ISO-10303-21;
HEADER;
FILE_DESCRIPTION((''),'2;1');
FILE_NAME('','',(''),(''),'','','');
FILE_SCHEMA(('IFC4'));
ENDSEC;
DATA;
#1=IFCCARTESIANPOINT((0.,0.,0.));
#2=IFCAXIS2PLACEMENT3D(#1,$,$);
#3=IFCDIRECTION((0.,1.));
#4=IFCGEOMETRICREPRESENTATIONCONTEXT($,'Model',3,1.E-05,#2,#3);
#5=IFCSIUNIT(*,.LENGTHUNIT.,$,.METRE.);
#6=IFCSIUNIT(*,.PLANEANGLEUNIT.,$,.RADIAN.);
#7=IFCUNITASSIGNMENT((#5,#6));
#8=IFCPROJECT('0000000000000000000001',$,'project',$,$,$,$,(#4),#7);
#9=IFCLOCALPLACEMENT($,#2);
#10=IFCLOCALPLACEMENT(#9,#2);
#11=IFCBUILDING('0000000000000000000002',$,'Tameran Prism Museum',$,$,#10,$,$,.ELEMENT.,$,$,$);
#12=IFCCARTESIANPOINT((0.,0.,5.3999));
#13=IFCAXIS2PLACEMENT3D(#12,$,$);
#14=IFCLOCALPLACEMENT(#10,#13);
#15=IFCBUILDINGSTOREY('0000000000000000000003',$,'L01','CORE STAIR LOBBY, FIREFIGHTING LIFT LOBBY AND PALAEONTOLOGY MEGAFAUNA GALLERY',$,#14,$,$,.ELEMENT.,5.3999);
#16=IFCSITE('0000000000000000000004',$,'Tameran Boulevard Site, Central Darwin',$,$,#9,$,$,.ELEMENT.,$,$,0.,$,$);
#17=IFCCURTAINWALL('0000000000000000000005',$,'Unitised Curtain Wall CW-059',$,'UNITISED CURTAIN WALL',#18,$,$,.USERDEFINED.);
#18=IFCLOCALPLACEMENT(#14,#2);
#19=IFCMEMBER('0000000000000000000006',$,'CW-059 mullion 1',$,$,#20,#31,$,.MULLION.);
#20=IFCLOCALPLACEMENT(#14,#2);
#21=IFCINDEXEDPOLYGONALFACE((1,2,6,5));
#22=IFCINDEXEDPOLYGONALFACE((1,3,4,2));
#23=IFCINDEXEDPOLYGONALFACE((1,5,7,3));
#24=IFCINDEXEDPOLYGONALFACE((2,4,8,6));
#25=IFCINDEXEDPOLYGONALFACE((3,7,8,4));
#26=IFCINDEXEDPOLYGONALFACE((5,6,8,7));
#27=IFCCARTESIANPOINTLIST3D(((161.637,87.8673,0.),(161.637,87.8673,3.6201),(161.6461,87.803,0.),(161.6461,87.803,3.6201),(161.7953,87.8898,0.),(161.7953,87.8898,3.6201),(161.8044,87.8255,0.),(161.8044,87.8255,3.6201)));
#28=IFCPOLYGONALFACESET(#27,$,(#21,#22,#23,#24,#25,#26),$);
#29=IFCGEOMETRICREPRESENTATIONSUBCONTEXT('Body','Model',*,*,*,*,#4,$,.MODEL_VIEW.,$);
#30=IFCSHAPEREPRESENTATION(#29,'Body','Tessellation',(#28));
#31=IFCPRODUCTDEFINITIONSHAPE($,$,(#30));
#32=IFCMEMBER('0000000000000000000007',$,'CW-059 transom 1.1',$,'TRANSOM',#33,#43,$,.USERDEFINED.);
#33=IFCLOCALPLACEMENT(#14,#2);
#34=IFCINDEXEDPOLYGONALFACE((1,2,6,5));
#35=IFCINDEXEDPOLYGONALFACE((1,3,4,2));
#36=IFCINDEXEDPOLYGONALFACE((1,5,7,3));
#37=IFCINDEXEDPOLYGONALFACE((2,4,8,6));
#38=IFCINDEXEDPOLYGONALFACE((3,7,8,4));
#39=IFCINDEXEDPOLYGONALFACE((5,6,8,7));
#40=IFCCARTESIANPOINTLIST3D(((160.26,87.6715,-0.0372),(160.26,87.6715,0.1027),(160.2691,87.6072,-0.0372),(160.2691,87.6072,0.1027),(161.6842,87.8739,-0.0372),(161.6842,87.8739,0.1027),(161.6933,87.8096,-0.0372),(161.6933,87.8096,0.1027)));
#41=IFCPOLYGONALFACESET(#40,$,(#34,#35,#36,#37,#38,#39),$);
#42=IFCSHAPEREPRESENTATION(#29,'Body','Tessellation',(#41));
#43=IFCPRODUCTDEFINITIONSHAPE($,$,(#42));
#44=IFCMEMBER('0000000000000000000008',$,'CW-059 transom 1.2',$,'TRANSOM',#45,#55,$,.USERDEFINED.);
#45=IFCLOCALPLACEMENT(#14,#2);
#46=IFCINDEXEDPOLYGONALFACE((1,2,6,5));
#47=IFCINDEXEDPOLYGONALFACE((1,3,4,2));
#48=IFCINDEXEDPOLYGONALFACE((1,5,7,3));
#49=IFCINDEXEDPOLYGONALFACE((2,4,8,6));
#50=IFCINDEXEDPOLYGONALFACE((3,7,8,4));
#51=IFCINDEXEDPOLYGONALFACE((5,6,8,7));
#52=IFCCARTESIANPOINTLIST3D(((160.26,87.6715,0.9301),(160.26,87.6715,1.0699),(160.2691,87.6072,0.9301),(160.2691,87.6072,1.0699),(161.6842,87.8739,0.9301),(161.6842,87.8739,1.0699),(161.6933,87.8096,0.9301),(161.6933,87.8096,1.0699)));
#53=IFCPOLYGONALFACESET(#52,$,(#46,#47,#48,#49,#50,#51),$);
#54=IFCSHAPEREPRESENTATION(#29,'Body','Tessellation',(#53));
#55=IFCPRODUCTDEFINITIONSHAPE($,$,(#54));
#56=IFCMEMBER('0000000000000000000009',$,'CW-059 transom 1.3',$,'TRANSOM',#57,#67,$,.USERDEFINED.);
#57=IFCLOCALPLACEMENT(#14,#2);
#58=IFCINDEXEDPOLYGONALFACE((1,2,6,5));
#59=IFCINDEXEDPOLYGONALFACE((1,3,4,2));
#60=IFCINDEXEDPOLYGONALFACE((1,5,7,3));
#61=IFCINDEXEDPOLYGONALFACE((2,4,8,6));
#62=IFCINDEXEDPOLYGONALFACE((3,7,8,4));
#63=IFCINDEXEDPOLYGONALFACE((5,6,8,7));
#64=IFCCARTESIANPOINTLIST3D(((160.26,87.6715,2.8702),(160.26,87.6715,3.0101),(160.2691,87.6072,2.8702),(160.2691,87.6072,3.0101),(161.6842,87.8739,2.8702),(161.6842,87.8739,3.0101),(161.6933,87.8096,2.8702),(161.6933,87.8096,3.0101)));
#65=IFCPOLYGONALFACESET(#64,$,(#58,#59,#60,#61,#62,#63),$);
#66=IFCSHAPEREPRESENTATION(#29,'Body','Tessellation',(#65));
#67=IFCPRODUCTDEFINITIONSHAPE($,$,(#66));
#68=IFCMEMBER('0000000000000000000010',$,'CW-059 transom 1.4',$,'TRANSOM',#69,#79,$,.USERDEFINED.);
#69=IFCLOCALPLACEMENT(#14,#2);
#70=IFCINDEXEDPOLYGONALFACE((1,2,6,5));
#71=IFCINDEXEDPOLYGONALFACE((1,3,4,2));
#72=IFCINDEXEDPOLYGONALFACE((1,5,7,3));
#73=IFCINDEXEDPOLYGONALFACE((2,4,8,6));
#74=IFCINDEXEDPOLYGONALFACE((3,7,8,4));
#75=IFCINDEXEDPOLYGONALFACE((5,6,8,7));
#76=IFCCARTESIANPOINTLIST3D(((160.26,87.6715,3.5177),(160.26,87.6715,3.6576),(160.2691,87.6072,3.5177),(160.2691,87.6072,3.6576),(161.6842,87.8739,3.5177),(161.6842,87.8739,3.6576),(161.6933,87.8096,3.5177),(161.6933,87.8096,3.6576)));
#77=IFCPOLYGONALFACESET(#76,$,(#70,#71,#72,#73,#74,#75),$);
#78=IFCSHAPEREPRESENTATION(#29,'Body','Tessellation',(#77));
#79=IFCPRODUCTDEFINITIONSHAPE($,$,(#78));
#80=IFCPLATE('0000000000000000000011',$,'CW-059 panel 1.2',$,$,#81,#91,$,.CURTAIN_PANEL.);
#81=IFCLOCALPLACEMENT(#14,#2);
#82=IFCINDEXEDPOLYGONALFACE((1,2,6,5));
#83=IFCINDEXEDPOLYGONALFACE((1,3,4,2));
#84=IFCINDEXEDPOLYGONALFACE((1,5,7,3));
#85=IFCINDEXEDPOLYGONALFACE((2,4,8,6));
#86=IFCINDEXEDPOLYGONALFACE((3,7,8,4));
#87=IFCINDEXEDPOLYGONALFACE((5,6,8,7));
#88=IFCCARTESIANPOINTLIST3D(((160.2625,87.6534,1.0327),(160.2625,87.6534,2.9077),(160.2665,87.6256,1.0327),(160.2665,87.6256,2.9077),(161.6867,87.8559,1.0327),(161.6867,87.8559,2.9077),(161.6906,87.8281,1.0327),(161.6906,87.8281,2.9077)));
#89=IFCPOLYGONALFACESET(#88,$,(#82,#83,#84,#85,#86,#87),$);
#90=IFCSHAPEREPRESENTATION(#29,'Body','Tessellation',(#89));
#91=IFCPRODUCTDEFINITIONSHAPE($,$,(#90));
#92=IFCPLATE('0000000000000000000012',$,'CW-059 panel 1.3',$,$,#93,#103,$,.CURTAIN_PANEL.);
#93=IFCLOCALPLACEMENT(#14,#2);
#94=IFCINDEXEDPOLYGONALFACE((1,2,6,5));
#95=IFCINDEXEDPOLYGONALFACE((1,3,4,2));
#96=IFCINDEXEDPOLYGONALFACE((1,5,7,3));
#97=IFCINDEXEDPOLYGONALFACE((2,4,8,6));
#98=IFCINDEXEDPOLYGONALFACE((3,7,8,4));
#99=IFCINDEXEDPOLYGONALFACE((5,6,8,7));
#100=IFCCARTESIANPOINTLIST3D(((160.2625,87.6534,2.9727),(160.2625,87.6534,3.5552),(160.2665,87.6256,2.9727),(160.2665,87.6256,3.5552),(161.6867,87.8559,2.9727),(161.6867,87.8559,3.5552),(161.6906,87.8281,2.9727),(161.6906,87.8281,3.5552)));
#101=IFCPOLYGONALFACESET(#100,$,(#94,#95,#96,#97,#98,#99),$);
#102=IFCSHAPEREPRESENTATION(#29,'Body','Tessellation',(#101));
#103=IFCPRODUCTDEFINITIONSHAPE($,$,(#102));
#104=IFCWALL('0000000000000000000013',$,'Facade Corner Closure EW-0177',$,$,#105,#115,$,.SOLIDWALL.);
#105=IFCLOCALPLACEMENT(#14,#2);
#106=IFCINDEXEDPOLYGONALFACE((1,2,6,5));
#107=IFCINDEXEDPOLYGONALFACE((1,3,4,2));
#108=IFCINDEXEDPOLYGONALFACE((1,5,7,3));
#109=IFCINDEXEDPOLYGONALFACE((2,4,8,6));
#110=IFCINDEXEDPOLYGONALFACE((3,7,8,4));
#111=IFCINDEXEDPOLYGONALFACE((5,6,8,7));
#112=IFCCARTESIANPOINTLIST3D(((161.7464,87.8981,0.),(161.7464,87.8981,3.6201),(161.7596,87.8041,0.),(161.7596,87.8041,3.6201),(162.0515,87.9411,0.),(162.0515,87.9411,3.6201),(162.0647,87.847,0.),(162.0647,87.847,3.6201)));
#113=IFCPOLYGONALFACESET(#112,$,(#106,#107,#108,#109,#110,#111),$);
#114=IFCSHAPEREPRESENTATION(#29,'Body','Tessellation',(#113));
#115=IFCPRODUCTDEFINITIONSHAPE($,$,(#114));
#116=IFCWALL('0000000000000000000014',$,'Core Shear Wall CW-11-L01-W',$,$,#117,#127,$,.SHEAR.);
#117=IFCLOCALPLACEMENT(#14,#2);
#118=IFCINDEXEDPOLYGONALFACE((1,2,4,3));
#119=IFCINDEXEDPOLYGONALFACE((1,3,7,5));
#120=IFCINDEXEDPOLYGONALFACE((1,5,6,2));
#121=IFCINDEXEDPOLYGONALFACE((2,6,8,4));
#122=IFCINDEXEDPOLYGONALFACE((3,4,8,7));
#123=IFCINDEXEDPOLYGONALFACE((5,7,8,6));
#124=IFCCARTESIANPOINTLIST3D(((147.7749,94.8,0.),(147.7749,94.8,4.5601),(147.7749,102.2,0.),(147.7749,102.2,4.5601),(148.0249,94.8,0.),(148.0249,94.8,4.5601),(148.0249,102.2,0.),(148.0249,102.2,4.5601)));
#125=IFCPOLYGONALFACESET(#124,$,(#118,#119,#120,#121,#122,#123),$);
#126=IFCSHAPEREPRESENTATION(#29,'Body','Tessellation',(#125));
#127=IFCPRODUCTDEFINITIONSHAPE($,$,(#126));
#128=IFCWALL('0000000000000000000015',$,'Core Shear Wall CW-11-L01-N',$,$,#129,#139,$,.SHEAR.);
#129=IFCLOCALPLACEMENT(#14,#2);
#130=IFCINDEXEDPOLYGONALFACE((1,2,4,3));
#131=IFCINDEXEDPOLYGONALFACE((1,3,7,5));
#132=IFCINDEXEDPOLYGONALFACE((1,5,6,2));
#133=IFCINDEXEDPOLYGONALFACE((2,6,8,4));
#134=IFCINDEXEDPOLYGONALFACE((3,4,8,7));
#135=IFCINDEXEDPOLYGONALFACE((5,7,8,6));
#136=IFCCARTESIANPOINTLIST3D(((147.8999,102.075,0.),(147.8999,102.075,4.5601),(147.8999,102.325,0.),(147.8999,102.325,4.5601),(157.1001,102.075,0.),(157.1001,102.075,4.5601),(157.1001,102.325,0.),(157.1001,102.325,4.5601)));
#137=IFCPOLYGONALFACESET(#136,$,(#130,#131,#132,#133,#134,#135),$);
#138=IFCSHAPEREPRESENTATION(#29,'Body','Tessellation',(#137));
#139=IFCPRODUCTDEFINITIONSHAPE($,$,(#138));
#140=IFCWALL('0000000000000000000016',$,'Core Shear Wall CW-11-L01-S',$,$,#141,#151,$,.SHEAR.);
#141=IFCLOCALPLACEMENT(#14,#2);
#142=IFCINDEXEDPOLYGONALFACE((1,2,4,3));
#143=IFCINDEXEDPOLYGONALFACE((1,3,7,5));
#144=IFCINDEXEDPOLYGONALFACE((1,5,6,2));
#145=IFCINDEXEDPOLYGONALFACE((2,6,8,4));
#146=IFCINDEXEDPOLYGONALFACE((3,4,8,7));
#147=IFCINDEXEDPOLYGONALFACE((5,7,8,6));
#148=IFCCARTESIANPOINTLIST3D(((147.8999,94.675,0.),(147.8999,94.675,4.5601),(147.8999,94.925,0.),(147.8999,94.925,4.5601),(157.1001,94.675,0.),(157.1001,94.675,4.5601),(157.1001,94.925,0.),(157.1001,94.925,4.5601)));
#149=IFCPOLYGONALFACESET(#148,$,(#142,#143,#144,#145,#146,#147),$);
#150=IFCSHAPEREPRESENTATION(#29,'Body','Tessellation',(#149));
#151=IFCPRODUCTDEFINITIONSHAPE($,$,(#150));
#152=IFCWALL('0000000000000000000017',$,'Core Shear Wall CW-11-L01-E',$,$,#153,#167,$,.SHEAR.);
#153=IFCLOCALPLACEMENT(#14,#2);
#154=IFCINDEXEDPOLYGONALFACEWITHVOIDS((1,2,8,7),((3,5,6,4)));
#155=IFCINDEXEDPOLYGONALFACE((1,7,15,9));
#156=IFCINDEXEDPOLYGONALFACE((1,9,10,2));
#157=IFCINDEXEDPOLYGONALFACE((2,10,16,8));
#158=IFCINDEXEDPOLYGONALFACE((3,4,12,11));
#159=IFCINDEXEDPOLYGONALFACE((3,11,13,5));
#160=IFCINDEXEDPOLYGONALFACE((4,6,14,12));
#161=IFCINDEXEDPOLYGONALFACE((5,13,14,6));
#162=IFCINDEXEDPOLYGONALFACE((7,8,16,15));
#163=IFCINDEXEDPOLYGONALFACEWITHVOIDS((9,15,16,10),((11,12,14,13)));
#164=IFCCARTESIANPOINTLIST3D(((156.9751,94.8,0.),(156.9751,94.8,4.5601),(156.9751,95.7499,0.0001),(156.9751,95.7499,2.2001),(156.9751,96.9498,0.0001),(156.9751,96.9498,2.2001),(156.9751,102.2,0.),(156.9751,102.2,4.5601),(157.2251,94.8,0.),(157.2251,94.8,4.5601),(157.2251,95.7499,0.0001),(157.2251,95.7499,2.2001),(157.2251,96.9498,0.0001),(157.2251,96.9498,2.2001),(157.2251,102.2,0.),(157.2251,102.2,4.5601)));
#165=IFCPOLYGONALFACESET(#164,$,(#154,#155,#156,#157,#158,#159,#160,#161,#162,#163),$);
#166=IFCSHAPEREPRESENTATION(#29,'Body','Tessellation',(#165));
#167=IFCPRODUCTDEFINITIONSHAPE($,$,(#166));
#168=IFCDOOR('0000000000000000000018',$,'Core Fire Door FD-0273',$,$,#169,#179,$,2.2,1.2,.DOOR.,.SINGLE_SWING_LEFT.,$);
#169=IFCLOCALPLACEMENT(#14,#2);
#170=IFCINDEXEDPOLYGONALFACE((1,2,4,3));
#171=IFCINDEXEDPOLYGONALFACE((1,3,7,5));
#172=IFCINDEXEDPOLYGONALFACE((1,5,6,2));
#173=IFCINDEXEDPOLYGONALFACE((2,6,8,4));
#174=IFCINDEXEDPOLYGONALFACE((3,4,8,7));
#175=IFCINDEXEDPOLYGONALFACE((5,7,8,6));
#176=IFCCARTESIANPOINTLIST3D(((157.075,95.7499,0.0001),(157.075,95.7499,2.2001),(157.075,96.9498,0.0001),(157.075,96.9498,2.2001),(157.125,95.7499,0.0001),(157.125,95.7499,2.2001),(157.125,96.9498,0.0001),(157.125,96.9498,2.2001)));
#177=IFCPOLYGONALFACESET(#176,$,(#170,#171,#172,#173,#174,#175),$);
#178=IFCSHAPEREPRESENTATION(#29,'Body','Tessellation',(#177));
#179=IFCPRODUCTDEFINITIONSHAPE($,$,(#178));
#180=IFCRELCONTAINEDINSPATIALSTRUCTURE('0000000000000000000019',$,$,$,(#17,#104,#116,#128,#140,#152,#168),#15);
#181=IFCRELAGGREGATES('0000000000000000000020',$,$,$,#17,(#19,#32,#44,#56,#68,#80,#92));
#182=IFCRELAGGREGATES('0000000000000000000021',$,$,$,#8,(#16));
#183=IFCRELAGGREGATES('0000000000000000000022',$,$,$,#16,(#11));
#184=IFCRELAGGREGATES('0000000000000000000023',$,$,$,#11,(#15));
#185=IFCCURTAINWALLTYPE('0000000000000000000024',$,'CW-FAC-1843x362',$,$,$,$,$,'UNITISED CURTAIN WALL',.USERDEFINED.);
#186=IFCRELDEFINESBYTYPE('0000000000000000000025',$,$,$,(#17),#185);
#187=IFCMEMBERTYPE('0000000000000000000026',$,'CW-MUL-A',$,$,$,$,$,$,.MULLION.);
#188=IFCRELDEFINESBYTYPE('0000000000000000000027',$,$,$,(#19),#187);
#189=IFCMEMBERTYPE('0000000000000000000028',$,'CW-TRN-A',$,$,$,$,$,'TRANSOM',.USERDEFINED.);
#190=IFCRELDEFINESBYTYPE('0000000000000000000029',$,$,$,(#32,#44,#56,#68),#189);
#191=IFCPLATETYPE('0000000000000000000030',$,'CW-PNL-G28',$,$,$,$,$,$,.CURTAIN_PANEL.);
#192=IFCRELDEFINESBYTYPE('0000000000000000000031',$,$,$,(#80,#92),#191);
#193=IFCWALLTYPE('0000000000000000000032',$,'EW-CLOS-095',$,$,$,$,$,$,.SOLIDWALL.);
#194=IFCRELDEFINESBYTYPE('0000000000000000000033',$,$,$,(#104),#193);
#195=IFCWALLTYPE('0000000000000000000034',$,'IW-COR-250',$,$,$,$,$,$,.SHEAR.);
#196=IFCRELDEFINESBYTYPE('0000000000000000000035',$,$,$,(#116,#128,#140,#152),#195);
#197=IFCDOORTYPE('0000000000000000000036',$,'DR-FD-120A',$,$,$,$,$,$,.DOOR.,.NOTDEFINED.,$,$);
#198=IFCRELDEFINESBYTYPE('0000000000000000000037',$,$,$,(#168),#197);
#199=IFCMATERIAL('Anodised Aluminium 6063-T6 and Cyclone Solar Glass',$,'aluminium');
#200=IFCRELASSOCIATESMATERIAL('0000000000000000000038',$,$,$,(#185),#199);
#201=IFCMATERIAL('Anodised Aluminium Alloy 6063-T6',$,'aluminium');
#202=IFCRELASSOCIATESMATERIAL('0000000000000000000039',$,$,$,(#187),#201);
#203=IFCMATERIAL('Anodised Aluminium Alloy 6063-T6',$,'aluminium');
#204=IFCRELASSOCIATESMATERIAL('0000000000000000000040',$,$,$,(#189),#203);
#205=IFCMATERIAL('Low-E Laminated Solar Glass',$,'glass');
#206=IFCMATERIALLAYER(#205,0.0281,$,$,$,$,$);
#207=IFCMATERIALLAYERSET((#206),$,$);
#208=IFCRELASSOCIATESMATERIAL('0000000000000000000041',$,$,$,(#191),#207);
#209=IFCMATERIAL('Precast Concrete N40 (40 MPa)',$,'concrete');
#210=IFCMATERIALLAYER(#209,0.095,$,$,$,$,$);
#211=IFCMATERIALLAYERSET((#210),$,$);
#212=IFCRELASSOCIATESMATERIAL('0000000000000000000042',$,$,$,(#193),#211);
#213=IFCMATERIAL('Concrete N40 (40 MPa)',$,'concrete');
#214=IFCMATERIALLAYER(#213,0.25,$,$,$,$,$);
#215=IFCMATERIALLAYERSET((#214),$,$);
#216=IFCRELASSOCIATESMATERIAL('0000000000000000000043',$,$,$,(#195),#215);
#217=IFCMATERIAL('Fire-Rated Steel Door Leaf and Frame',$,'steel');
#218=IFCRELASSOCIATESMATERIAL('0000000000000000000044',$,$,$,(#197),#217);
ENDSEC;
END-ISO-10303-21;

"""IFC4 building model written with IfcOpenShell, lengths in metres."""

from ifc_helpers import new_model, si_unit, direction, frame, frame_2d, origin, origin_2d, place, context, subcontext, project, spatial, rectangle, extrude, material, layer, layer_set, material_profile, profile_set, type_object, element, fill, aggregate, save


model = new_model("IFC4")

# Units and contexts
model_context = context("Model", 3, precision=1e-05, world=origin(), true_north=direction((0.0, 1.0)))
body_context = subcontext(model_context, "Body", "Model", "MODEL_VIEW")
ifc_project = project(units=[si_unit("LENGTHUNIT", "METRE"), si_unit("PLANEANGLEUNIT", "RADIAN")], contexts=[model_context])

# Site, building, storey
site_placement = place(None, origin())
site = spatial("IfcSite", under=ifc_project, at=site_placement, Name="Tameran Boulevard Site, Central Darwin", CompositionType="ELEMENT", RefElevation=0.0)
building_placement = place(site_placement, origin())
building = spatial("IfcBuilding", under=site, at=building_placement, Name="Tameran Prism Museum", CompositionType="ELEMENT")
storey_placement = place(building_placement, frame((0.0, 0.0, 5.3999)))
storey = spatial("IfcBuildingStorey", under=building, at=storey_placement, Name="L01", Description="CORE STAIR LOBBY, FIREFIGHTING LIFT LOBBY AND PALAEONTOLOGY MEGAFAUNA GALLERY", CompositionType="ELEMENT", Elevation=5.3999)

# Curtain wall, members, plates
ifc_material_1 = material(Name="Anodised Aluminium 6063-T6 and Cyclone Solar Glass", Category="aluminium")
curtain_wall_type = type_object("IfcCurtainWallType", Name="CW-FAC-1843x362", ElementType="UNITISED CURTAIN WALL", PredefinedType="USERDEFINED", material=ifc_material_1)
curtain_wall_placement = place(storey_placement, origin())
curtain_wall = element("IfcCurtainWall", 1, at=curtain_wall_placement, inside=storey, type_object=curtain_wall_type, Name="Unitised Curtain Wall CW-059", ObjectType="UNITISED CURTAIN WALL", PredefinedType="USERDEFINED")
ifc_material_2 = material(Name="Anodised Aluminium Alloy 6063-T6", Category="aluminium")
ifc_material_profile_1 = material_profile(ifc_material_2, rectangle(XDim=0.0649, YDim=0.1599, at=origin_2d()))
ifc_profile_set_1 = profile_set([ifc_material_profile_1])
member_type_1 = type_object("IfcMemberType", Name="CW-MUL-A", PredefinedType="MULLION", material=ifc_profile_set_1)
member_1_placement = place(storey_placement, frame((161.7207, 87.8464, 0.0), z_axis=(0.0, 0.0, 1.0), x_axis=(0.140745, -0.990046, 0.0)))
member_1 = element("IfcMember", 2, at=member_1_placement, type_object=member_type_1, Name="CW-059 mullion 1", PredefinedType="MULLION", context=body_context, shape_type="SweptSolid", body=[
    extrude(rectangle(XDim=0.0649, YDim=0.1599, at=origin_2d()), origin(), (0.0, 0.0, 1.0), 3.6201),
])
ifc_material_3 = material(Name="Anodised Aluminium Alloy 6063-T6", Category="aluminium")
ifc_material_profile_2 = material_profile(ifc_material_3, rectangle(XDim=0.0649, YDim=0.1399, at=origin_2d()))
ifc_profile_set_2 = profile_set([ifc_material_profile_2])
member_type_2 = type_object("IfcMemberType", Name="CW-TRN-A", ElementType="TRANSOM", PredefinedType="USERDEFINED", material=ifc_profile_set_2)
member_2_placement = place(storey_placement, frame((161.6887, 87.8418, 0.0327), z_axis=(-0.990051, -0.140708, 0.0), x_axis=(0.140708, -0.990051, 0.0)))
member_2 = element("IfcMember", 3, at=member_2_placement, type_object=member_type_2, Name="CW-059 transom 1.1", ObjectType="TRANSOM", PredefinedType="USERDEFINED", context=body_context, shape_type="SweptSolid", body=[
    extrude(rectangle(XDim=0.0649, YDim=0.1399, at=origin_2d()), origin(), (0.0, 0.0, 1.0), 1.4385),
])
member_3_placement = place(storey_placement, frame((161.6887, 87.8418, 1.0), z_axis=(-0.990051, -0.140708, 0.0), x_axis=(0.140708, -0.990051, 0.0)))
member_3 = element("IfcMember", 4, at=member_3_placement, type_object=member_type_2, Name="CW-059 transom 1.2", ObjectType="TRANSOM", PredefinedType="USERDEFINED", context=body_context, shape_type="SweptSolid", body=[
    extrude(rectangle(XDim=0.0649, YDim=0.1399, at=origin_2d()), origin(), (0.0, 0.0, 1.0), 1.4385),
])
member_4_placement = place(storey_placement, frame((161.6887, 87.8418, 2.9402), z_axis=(-0.990051, -0.140708, 0.0), x_axis=(0.140708, -0.990051, 0.0)))
member_4 = element("IfcMember", 5, at=member_4_placement, type_object=member_type_2, Name="CW-059 transom 1.3", ObjectType="TRANSOM", PredefinedType="USERDEFINED", context=body_context, shape_type="SweptSolid", body=[
    extrude(rectangle(XDim=0.0649, YDim=0.1399, at=origin_2d()), origin(), (0.0, 0.0, 1.0), 1.4385),
])
member_5_placement = place(storey_placement, frame((161.6887, 87.8418, 3.5876), z_axis=(-0.990051, -0.140708, 0.0), x_axis=(0.140708, -0.990051, 0.0)))
member_5 = element("IfcMember", 6, at=member_5_placement, type_object=member_type_2, Name="CW-059 transom 1.4", ObjectType="TRANSOM", PredefinedType="USERDEFINED", context=body_context, shape_type="SweptSolid", body=[
    extrude(rectangle(XDim=0.0649, YDim=0.1399, at=origin_2d()), origin(), (0.0, 0.0, 1.0), 1.4385),
])
ifc_material_4 = material(Name="Low-E Laminated Solar Glass", Category="glass")
ifc_layer_1 = layer(ifc_material_4, 0.0281)
ifc_layer_set_1 = layer_set([ifc_layer_1])
plate_type = type_object("IfcPlateType", Name="CW-PNL-G28", PredefinedType="CURTAIN_PANEL", material=ifc_layer_set_1)
plate_1_placement = place(storey_placement, frame((160.9766, 87.7407, 1.0327), z_axis=(0.0, 0.0, 1.0), x_axis=(-0.990046, -0.140745, 0.0)))
plate_1 = element("IfcPlate", 7, at=plate_1_placement, type_object=plate_type, Name="CW-059 panel 1.2", PredefinedType="CURTAIN_PANEL", context=body_context, shape_type="SweptSolid", body=[
    extrude(rectangle(XDim=1.4385, YDim=0.0281, at=origin_2d()), origin(), (0.0, 0.0, 1.0), 1.875),
])
plate_2_placement = place(storey_placement, frame((160.9766, 87.7407, 2.9727), z_axis=(0.0, 0.0, 1.0), x_axis=(-0.990046, -0.140745, 0.0)))
plate_2 = element("IfcPlate", 8, at=plate_2_placement, type_object=plate_type, Name="CW-059 panel 1.3", PredefinedType="CURTAIN_PANEL", context=body_context, shape_type="SweptSolid", body=[
    extrude(rectangle(XDim=1.4385, YDim=0.0281, at=origin_2d()), origin(), (0.0, 0.0, 1.0), 0.5825),
])
aggregate(curtain_wall, [member_1, member_2, member_3, member_4, member_5, plate_1, plate_2])

# Walls
ifc_material_5 = material(Name="Precast Concrete N40 (40 MPa)", Category="concrete")
ifc_layer_2 = layer(ifc_material_5, 0.095)
ifc_layer_set_2 = layer_set([ifc_layer_2])
wall_type_1 = type_object("IfcWallType", Name="EW-CLOS-095", PredefinedType="SOLIDWALL", material=ifc_layer_set_2)
wall_1_placement = place(storey_placement, frame((162.0581, 87.894, 0.0), z_axis=(0.0, 0.0, 1.0), x_axis=(-0.990233, -0.139425, 0.0)))
element("IfcWall", 9, at=wall_1_placement, inside=storey, type_object=wall_type_1, Name="Facade Corner Closure EW-0177", PredefinedType="SOLIDWALL", context=body_context, shape_type="SweptSolid", body=[
    extrude(rectangle(XDim=0.3081, YDim=0.095, at=frame_2d((0.1541, 0.0))), origin(), (0.0, 0.0, 1.0), 3.6201),
])
ifc_material_6 = material(Name="Concrete N40 (40 MPa)", Category="concrete")
ifc_layer_3 = layer(ifc_material_6, 0.25)
ifc_layer_set_3 = layer_set([ifc_layer_3])
wall_type_2 = type_object("IfcWallType", Name="IW-COR-250", PredefinedType="SHEAR", material=ifc_layer_set_3)
wall_2_placement = place(storey_placement, frame((147.8999, 94.8, 0.0), z_axis=(0.0, 0.0, 1.0), x_axis=(0.0, 1.0, 0.0)))
element("IfcWall", 10, at=wall_2_placement, inside=storey, type_object=wall_type_2, Name="Core Shear Wall CW-11-L01-W", PredefinedType="SHEAR", context=body_context, shape_type="SweptSolid", body=[
    extrude(rectangle(XDim=7.3999, YDim=0.25, at=frame_2d((3.7, 0.0))), origin(), (0.0, 0.0, 1.0), 4.5601),
])
for number, where, z_axis, x_axis, name in (
    (11, (147.8999, 102.2, 0.0), (0.0, 0.0, 1.0), (1.0, 0.0, 0.0), "Core Shear Wall CW-11-L01-N"),
    (12, (157.1001, 94.8, 0.0), (0.0, 0.0, 1.0), (-1.0, 0.0, 0.0), "Core Shear Wall CW-11-L01-S"),
):
    element("IfcWall", number, at=place(storey_placement, frame(where, z_axis=z_axis, x_axis=x_axis)), inside=storey, type_object=wall_type_2, Name=name, PredefinedType="SHEAR", context=body_context, shape_type="SweptSolid", body=[
        extrude(rectangle(XDim=9.2002, YDim=0.25, at=frame_2d((4.6001, 0.0))), origin(), (0.0, 0.0, 1.0), 4.5601),
    ])

# Wall, opening, door
wall_3_placement = place(storey_placement, frame((157.1001, 102.2, 0.0), z_axis=(0.0, 0.0, 1.0), x_axis=(0.0, -1.0, 0.0)))
wall_3 = element("IfcWall", 13, at=wall_3_placement, inside=storey, type_object=wall_type_2, Name="Core Shear Wall CW-11-L01-E", PredefinedType="SHEAR", context=body_context, shape_type="SweptSolid", body=[
    extrude(rectangle(XDim=7.3999, YDim=0.25, at=frame_2d((3.7, 0.0))), origin(), (0.0, 0.0, 1.0), 4.5601),
])
opening_1_placement = place(wall_3_placement, frame((5.25, 0.0, 0.0)))
opening_1 = element("IfcOpeningElement", 14, at=opening_1_placement, cuts=wall_3, PredefinedType="OPENING", context=body_context, shape_type="SweptSolid", body=[
    extrude(rectangle(XDim=1.2, YDim=2.2, at=frame_2d((0.6001, 1.1001))), frame((0.0, 0.135, 0.0), z_axis=(0.0, -1.0, 0.0), x_axis=(1.0, 0.0, 0.0)), (0.0, 0.0, 1.0), 0.27),
])
ifc_material_7 = material(Name="Fire-Rated Steel Door Leaf and Frame", Category="steel")
door_type = type_object("IfcDoorType", Name="DR-FD-120A", OperationType="NOTDEFINED", PredefinedType="DOOR", material=ifc_material_7)
door_1_placement = place(opening_1_placement, origin())
door_1 = element("IfcDoor", 15, at=door_1_placement, inside=storey, type_object=door_type, Name="Core Fire Door FD-0273", OperationType="SINGLE_SWING_LEFT", OverallHeight=2.2, OverallWidth=1.2, PredefinedType="DOOR", context=body_context, shape_type="SweptSolid", body=[
    extrude(rectangle(XDim=1.2, YDim=2.2, at=frame_2d((0.6001, 1.1001))), frame((0.0, 0.0249, 0.0), z_axis=(0.0, -1.0, 0.0), x_axis=(1.0, 0.0, 0.0)), (0.0, 0.0, 1.0), 0.05),
])
fill(opening_1, door_1)

save(model, "model.ifc")
